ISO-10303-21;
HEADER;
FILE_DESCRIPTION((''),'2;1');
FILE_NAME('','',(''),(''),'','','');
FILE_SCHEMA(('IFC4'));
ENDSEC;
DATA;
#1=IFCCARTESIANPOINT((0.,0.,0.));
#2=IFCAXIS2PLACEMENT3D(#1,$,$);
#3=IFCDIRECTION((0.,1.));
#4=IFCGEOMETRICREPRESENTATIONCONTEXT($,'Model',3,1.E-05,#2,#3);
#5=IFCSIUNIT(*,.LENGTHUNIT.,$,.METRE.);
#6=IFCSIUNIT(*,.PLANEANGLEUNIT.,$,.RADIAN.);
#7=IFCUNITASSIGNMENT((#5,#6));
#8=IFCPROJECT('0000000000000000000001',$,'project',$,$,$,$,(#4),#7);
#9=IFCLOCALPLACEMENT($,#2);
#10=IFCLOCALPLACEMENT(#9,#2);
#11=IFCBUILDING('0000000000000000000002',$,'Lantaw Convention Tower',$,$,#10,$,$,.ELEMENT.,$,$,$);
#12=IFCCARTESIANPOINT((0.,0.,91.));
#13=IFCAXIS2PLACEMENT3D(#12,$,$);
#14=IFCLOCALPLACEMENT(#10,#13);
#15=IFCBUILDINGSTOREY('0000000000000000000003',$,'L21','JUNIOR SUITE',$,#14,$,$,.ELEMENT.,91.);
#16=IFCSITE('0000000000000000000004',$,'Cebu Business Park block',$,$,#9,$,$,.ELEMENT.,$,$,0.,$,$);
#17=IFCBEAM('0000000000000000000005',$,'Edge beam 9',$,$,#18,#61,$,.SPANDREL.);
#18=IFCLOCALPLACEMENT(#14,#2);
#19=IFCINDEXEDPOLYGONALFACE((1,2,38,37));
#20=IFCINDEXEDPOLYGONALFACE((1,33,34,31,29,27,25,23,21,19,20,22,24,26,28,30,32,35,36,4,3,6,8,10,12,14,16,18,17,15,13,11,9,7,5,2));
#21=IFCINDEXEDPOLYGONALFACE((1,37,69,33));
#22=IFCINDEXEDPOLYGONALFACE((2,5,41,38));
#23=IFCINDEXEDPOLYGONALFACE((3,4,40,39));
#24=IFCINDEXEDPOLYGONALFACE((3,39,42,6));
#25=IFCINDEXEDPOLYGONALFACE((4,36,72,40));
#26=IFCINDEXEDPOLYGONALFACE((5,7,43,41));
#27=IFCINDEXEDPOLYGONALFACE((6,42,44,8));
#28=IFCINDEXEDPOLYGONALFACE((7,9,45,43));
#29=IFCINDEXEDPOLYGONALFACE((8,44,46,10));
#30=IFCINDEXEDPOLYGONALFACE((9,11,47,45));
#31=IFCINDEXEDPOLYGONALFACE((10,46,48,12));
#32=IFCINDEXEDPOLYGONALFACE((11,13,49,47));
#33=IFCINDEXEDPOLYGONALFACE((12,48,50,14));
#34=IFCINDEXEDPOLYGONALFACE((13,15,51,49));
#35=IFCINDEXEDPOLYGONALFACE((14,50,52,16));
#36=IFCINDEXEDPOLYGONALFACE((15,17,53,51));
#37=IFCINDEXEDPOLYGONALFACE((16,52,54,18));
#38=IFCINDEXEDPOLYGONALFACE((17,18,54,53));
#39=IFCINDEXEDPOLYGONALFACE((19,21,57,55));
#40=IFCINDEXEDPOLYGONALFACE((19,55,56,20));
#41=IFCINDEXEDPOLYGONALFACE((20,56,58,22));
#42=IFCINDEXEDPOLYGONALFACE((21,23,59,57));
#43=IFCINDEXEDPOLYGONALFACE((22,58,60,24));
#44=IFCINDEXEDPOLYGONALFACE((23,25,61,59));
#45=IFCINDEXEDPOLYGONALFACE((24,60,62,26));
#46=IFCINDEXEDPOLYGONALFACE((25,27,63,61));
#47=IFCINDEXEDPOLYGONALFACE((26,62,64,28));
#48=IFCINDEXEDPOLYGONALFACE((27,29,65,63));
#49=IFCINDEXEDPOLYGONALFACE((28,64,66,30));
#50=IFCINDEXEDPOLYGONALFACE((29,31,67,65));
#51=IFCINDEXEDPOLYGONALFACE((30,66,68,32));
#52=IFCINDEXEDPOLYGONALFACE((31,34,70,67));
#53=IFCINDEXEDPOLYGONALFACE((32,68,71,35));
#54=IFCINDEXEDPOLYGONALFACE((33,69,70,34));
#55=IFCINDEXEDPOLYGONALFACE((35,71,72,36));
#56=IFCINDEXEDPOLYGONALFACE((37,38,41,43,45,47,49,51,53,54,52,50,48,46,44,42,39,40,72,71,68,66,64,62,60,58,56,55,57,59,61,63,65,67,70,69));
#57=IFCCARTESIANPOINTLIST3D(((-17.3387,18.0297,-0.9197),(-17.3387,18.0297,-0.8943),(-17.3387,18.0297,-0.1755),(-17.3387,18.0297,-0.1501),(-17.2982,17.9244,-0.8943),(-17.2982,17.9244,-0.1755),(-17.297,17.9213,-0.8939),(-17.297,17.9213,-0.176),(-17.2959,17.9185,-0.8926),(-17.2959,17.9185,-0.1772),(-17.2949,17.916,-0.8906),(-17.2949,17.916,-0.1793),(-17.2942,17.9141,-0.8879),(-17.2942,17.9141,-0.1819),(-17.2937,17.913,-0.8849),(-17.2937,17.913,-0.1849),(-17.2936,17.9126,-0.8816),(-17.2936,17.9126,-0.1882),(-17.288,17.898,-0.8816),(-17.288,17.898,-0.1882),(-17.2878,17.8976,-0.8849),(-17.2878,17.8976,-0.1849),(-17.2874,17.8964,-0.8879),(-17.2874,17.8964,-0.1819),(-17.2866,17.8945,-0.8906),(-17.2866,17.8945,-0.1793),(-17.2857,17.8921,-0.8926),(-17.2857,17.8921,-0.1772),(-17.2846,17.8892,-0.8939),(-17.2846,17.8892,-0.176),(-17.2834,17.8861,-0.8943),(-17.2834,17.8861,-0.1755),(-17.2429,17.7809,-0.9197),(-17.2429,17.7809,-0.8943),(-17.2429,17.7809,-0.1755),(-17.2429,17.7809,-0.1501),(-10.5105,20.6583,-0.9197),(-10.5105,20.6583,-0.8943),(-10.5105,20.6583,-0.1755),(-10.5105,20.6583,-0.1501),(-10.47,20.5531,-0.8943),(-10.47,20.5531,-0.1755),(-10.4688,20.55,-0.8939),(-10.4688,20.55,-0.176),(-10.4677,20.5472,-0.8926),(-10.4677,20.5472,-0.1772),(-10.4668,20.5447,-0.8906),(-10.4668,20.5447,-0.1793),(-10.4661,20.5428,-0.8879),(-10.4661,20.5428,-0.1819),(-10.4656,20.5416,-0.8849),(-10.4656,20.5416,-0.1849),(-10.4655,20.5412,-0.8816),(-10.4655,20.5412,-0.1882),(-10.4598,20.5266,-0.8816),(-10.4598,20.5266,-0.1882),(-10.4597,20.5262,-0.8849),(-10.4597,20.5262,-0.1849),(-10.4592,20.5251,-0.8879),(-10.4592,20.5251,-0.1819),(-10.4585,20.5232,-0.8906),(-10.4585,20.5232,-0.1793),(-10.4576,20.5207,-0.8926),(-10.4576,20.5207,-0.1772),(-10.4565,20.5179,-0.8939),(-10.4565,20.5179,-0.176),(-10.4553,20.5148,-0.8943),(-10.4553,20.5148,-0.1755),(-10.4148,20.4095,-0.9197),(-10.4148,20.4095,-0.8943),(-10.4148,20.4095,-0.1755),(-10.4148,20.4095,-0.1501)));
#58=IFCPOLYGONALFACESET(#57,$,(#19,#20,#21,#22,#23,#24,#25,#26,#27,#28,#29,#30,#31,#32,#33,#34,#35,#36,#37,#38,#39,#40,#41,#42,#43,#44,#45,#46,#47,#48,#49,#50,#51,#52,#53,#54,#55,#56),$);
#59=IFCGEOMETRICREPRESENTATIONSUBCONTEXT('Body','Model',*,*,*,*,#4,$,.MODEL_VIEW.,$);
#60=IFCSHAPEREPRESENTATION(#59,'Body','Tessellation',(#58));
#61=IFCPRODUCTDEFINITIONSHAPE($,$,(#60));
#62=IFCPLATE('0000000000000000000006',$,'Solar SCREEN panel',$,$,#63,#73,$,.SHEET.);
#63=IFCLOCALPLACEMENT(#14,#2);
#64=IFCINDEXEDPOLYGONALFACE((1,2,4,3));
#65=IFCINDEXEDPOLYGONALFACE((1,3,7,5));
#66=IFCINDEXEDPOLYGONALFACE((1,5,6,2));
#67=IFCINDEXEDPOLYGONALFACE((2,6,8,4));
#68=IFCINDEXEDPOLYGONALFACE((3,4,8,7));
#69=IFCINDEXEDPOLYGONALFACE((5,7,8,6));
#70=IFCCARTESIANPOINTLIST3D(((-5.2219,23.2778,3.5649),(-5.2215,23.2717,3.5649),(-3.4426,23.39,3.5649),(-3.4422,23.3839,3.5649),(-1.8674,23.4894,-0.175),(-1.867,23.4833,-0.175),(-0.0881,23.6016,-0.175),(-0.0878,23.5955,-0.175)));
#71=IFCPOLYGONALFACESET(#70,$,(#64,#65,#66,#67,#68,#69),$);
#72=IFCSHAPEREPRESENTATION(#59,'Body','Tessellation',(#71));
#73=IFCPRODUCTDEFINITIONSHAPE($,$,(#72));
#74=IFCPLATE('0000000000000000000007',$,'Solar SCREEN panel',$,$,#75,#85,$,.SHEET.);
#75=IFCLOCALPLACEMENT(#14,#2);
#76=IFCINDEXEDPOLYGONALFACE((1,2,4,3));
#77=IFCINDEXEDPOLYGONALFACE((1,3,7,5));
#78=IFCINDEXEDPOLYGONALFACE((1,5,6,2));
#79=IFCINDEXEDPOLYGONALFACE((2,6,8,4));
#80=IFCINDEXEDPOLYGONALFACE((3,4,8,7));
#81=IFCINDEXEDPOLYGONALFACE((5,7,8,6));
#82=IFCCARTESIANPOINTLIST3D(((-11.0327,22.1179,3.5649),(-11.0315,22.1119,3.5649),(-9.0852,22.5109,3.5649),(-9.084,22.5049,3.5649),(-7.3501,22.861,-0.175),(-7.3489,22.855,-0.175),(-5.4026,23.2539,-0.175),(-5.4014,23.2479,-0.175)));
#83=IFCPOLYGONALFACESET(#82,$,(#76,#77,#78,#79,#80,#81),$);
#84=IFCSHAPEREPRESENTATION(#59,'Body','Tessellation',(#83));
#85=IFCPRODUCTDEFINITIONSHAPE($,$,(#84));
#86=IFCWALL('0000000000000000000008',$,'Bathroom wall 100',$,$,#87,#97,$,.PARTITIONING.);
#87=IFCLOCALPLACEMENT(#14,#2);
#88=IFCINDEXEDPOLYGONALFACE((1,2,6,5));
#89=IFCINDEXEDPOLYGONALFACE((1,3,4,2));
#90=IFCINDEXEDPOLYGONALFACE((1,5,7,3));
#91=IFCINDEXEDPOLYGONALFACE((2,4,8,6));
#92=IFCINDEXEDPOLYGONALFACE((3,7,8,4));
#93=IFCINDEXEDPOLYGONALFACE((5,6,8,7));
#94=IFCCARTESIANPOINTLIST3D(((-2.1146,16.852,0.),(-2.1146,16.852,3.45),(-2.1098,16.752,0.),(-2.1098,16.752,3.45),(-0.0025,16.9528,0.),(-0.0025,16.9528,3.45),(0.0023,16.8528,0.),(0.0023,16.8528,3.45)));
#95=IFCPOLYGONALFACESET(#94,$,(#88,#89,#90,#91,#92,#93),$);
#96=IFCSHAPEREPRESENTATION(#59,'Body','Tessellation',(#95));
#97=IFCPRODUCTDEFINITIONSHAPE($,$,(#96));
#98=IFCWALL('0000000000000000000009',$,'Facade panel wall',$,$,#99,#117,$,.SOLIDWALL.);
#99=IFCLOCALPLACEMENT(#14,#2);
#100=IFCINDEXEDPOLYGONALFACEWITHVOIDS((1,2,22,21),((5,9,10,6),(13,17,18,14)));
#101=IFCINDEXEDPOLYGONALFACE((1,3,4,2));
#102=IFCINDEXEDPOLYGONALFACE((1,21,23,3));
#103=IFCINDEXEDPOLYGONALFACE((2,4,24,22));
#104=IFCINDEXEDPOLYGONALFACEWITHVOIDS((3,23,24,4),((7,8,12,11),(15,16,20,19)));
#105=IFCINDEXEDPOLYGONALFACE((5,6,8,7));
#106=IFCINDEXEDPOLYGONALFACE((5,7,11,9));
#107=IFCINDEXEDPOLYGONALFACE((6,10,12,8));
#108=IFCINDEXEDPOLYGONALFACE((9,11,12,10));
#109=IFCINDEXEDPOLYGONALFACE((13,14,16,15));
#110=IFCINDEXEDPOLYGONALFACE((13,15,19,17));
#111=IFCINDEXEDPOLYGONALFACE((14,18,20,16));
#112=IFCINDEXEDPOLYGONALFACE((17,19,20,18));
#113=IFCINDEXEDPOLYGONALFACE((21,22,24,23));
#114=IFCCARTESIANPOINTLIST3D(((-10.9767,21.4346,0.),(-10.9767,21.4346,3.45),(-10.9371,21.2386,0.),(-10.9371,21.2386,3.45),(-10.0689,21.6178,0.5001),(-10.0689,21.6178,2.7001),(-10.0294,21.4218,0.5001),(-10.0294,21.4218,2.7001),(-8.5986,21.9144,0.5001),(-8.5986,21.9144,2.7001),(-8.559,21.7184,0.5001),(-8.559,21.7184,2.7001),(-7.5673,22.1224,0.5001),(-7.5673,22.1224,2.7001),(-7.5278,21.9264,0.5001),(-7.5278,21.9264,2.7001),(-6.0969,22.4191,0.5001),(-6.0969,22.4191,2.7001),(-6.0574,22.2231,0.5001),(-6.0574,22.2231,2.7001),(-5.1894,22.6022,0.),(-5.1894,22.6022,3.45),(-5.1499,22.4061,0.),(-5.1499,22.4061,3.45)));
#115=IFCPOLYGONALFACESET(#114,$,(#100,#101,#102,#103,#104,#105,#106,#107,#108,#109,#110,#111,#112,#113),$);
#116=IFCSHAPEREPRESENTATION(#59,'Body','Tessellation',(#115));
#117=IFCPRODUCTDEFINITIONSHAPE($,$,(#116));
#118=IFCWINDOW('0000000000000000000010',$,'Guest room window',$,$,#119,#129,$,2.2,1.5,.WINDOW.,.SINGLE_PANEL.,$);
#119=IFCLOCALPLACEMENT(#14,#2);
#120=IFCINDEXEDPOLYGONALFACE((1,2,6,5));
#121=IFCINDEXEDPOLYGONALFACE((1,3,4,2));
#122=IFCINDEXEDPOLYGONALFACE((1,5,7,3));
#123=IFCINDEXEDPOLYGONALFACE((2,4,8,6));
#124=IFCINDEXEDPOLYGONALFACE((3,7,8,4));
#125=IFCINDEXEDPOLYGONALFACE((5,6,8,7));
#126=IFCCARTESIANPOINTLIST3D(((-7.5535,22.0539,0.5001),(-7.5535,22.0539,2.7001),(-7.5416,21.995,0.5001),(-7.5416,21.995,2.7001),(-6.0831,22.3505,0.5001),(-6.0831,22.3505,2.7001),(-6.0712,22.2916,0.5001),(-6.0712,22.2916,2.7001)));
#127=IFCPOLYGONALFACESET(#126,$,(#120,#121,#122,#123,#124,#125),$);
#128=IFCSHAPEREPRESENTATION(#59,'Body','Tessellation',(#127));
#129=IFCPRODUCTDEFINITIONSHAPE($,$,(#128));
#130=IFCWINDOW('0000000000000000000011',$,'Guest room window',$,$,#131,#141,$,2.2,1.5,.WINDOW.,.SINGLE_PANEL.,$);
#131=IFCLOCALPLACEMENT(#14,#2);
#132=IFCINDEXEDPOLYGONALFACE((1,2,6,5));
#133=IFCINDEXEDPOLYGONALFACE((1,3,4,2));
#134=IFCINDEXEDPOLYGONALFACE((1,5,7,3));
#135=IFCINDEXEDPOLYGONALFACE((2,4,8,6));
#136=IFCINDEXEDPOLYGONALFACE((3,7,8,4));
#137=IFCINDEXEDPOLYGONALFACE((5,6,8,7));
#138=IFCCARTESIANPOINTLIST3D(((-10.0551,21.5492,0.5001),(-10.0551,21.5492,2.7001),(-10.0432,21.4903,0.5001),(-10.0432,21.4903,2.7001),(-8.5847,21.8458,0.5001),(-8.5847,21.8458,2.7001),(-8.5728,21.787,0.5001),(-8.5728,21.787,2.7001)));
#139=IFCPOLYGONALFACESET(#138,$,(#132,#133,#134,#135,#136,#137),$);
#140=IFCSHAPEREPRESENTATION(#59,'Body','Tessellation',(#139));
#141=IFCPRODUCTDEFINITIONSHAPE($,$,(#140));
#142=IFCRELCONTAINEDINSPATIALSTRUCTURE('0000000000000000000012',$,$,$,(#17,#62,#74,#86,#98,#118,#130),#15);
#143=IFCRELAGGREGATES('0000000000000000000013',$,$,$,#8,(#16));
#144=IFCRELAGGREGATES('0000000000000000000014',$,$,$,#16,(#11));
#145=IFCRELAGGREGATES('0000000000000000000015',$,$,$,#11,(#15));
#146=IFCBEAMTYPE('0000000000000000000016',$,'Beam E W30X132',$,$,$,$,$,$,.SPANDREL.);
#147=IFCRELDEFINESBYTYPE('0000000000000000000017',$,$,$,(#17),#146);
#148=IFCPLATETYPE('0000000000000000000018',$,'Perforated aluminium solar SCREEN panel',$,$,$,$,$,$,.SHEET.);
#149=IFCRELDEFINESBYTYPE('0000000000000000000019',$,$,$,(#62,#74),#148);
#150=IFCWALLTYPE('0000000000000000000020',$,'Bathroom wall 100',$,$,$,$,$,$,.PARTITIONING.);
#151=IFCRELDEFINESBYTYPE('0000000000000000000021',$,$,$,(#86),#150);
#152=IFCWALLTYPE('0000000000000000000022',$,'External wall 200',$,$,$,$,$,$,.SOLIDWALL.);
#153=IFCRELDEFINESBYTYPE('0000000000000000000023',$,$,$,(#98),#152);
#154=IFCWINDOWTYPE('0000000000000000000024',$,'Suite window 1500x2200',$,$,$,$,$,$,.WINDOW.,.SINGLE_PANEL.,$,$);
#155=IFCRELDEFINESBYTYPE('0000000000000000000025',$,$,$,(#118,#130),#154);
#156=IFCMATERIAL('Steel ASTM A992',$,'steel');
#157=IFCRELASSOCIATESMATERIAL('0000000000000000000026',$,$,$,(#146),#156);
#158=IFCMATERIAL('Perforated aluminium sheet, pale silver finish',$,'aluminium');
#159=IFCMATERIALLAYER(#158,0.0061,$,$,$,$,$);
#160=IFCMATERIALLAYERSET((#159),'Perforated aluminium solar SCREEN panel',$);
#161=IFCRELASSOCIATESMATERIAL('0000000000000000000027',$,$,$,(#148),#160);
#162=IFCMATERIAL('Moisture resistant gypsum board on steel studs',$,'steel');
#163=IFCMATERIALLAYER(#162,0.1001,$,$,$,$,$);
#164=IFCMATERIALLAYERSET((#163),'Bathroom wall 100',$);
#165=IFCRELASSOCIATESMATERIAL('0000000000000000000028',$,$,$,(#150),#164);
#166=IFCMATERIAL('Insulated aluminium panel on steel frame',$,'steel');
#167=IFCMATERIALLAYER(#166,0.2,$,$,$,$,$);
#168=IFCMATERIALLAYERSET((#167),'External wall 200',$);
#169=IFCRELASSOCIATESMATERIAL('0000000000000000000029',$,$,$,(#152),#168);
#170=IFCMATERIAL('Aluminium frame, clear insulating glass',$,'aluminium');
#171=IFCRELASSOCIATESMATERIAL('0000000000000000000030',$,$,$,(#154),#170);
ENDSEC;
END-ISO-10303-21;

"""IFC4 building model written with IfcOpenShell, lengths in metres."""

from ifc_helpers import new_model, si_unit, direction, frame, frame_2d, origin, origin_2d, place, context, subcontext, project, spatial, polyline, rectangle, i_section, outline, extrude, material, layer, layer_set, material_profile, profile_set, type_object, element, fill, save


model = new_model("IFC4")

# Units and contexts
model_context = context("Model", 3, precision=1e-05, world=origin(), true_north=direction((0.0, 1.0)))
body_context = subcontext(model_context, "Body", "Model", "MODEL_VIEW")
ifc_project = project(units=[si_unit("LENGTHUNIT", "METRE"), si_unit("PLANEANGLEUNIT", "RADIAN")], contexts=[model_context])

# Site, building, storey
site_placement = place(None, origin())
site = spatial("IfcSite", under=ifc_project, at=site_placement, Name="Cebu Business Park block", CompositionType="ELEMENT", RefElevation=0.0)
building_placement = place(site_placement, origin())
building = spatial("IfcBuilding", under=site, at=building_placement, Name="Lantaw Convention Tower", CompositionType="ELEMENT")
storey_placement = place(building_placement, frame((0.0, 0.0, 91.0)))
storey = spatial("IfcBuildingStorey", under=building, at=storey_placement, Name="L21", Description="JUNIOR SUITE", CompositionType="ELEMENT", Elevation=91.0)

# Beam
ifc_material_1 = material(Name="Steel ASTM A992", Category="steel")
ifc_material_profile_1 = material_profile(ifc_material_1, i_section(OverallWidth=0.2666, OverallDepth=0.7695, WebThickness=0.0156, FlangeThickness=0.0254, FilletRadius=0.0127, at=origin_2d()), Name="W30X132")
ifc_profile_set_1 = profile_set([ifc_material_profile_1], Name="Steel ASTM A992")
beam_type = type_object("IfcBeamType", Name="Beam E W30X132", PredefinedType="SPANDREL", material=ifc_profile_set_1)
beam_1_placement = place(storey_placement, frame((-10.4626, 20.5339, -0.5349), z_axis=(-0.933233, -0.359272, 0.0), x_axis=(0.359272, -0.933233, 0.0)))
element("IfcBeam", 1, at=beam_1_placement, inside=storey, type_object=beam_type, Name="Edge beam 9", PredefinedType="SPANDREL", context=body_context, shape_type="SweptSolid", body=[
    extrude(i_section(OverallWidth=0.2666, OverallDepth=0.7695, WebThickness=0.0156, FlangeThickness=0.0254, FilletRadius=0.0127, at=origin_2d()), origin(), (0.0, 0.0, 1.0), 7.3167),
])

# Plates
ifc_material_2 = material(Name="Perforated aluminium sheet, pale silver finish", Category="aluminium")
ifc_layer_1 = layer(ifc_material_2, 0.0061)
ifc_layer_set_1 = layer_set([ifc_layer_1], Name="Perforated aluminium solar SCREEN panel")
plate_type = type_object("IfcPlateType", Name="Perforated aluminium solar SCREEN panel", PredefinedType="SHEET", material=ifc_layer_set_1)
plate_1_placement = place(storey_placement, frame((-0.0881, 23.6016, -0.175), z_axis=(-0.062924, 0.998018, 0.000014), x_axis=(-0.998018, -0.062924, 0.0)))
element("IfcPlate", 2, at=plate_1_placement, inside=storey, type_object=plate_type, Name="Solar SCREEN panel", PredefinedType="SHEET", context=body_context, shape_type="SweptSolid", body=[
    extrude(outline(polyline([(0.0, 0.0), (1.7828, 0.0), (5.144, 3.74), (3.3611, 3.74), (0.0, 0.0)])), origin(), (0.0, 0.0, -1.0), 0.0061),
])
plate_2_placement = place(storey_placement, frame((-5.4026, 23.2539, -0.175), z_axis=(-0.197782, 0.980246, 0.000002), x_axis=(-0.980246, -0.197782, 0.0)))
element("IfcPlate", 3, at=plate_2_placement, inside=storey, type_object=plate_type, Name="Solar SCREEN panel", PredefinedType="SHEET", context=body_context, shape_type="SweptSolid", body=[
    extrude(outline(polyline([(0.0, 0.0), (1.9867, 0.0), (5.7436, 3.74), (3.7568, 3.74), (0.0, 0.0)])), origin(), (0.0, 0.0, -1.0), 0.0061),
])

# Wall
ifc_material_3 = material(Name="Moisture resistant gypsum board on steel studs", Category="steel")
ifc_layer_2 = layer(ifc_material_3, 0.1001)
ifc_layer_set_2 = layer_set([ifc_layer_2], Name="Bathroom wall 100")
wall_type_1 = type_object("IfcWallType", Name="Bathroom wall 100", PredefinedType="PARTITIONING", material=ifc_layer_set_2)
wall_1_placement = place(storey_placement, frame((-2.1121, 16.802, 0.0), z_axis=(0.0, 0.0, 1.0), x_axis=(0.998862, 0.047686, 0.0)))
element("IfcWall", 4, at=wall_1_placement, inside=storey, type_object=wall_type_1, Name="Bathroom wall 100", PredefinedType="PARTITIONING", context=body_context, shape_type="SweptSolid", body=[
    extrude(rectangle(XDim=2.1145, YDim=0.1001, at=frame_2d((1.0571, 0.0))), origin(), (0.0, 0.0, 1.0), 3.45),
])

# Wall, openings, windows
ifc_material_4 = material(Name="Insulated aluminium panel on steel frame", Category="steel")
ifc_layer_3 = layer(ifc_material_4, 0.2)
ifc_layer_set_3 = layer_set([ifc_layer_3], Name="External wall 200")
wall_type_2 = type_object("IfcWallType", Name="External wall 200", PredefinedType="SOLIDWALL", material=ifc_layer_set_3)
wall_2_placement = place(storey_placement, frame((-5.1697, 22.5042, 0.0), z_axis=(0.0, 0.0, 1.0), x_axis=(-0.980252, -0.197754, 0.0)))
wall_2 = element("IfcWall", 5, at=wall_2_placement, inside=storey, type_object=wall_type_2, Name="Facade panel wall", PredefinedType="SOLIDWALL", context=body_context, shape_type="SweptSolid", body=[
    extrude(rectangle(XDim=5.9038, YDim=0.2, at=frame_2d((2.9519, 0.0))), origin(), (0.0, 0.0, 1.0), 3.45),
])
opening_1_placement = place(wall_2_placement, frame((0.9258, 0.0, 0.5)))
opening_1 = element("IfcOpeningElement", 6, at=opening_1_placement, cuts=wall_2, PredefinedType="OPENING", context=body_context, shape_type="SweptSolid", body=[
    extrude(rectangle(XDim=1.5, YDim=2.2, at=frame_2d((0.75, 1.1001))), frame((0.0, 0.1099, 0.0), z_axis=(0.0, -1.0, 0.0), x_axis=(1.0, 0.0, 0.0)), (0.0, 0.0, 1.0), 0.22),
])
opening_2_placement = place(wall_2_placement, frame((3.4778, 0.0, 0.5)))
opening_2 = element("IfcOpeningElement", 7, at=opening_2_placement, cuts=wall_2, PredefinedType="OPENING", context=body_context, shape_type="SweptSolid", body=[
    extrude(rectangle(XDim=1.5, YDim=2.2, at=frame_2d((0.75, 1.1001))), frame((0.0, 0.1099, 0.0), z_axis=(0.0, -1.0, 0.0), x_axis=(1.0, 0.0, 0.0)), (0.0, 0.0, 1.0), 0.22),
])
ifc_material_5 = material(Name="Aluminium frame, clear insulating glass", Category="aluminium")
window_type = type_object("IfcWindowType", Name="Suite window 1500x2200", PartitioningType="SINGLE_PANEL", PredefinedType="WINDOW", material=ifc_material_5)
window_1_placement = place(opening_1_placement, origin())
window_1 = element("IfcWindow", 8, at=window_1_placement, inside=storey, type_object=window_type, Name="Guest room window", OverallHeight=2.2, OverallWidth=1.5, PartitioningType="SINGLE_PANEL", PredefinedType="WINDOW", context=body_context, shape_type="SweptSolid", body=[
    extrude(rectangle(XDim=1.5, YDim=2.2, at=frame_2d((0.75, 1.1001))), frame((0.0, 0.03, 0.0), z_axis=(0.0, -1.0, 0.0), x_axis=(1.0, 0.0, 0.0)), (0.0, 0.0, 1.0), 0.0601),
])
fill(opening_1, window_1)
window_2_placement = place(opening_2_placement, origin())
window_2 = element("IfcWindow", 9, at=window_2_placement, inside=storey, type_object=window_type, Name="Guest room window", OverallHeight=2.2, OverallWidth=1.5, PartitioningType="SINGLE_PANEL", PredefinedType="WINDOW", context=body_context, shape_type="SweptSolid", body=[
    extrude(rectangle(XDim=1.5, YDim=2.2, at=frame_2d((0.75, 1.1001))), frame((0.0, 0.03, 0.0), z_axis=(0.0, -1.0, 0.0), x_axis=(1.0, 0.0, 0.0)), (0.0, 0.0, 1.0), 0.0601),
])
fill(opening_2, window_2)

save(model, "model.ifc")
